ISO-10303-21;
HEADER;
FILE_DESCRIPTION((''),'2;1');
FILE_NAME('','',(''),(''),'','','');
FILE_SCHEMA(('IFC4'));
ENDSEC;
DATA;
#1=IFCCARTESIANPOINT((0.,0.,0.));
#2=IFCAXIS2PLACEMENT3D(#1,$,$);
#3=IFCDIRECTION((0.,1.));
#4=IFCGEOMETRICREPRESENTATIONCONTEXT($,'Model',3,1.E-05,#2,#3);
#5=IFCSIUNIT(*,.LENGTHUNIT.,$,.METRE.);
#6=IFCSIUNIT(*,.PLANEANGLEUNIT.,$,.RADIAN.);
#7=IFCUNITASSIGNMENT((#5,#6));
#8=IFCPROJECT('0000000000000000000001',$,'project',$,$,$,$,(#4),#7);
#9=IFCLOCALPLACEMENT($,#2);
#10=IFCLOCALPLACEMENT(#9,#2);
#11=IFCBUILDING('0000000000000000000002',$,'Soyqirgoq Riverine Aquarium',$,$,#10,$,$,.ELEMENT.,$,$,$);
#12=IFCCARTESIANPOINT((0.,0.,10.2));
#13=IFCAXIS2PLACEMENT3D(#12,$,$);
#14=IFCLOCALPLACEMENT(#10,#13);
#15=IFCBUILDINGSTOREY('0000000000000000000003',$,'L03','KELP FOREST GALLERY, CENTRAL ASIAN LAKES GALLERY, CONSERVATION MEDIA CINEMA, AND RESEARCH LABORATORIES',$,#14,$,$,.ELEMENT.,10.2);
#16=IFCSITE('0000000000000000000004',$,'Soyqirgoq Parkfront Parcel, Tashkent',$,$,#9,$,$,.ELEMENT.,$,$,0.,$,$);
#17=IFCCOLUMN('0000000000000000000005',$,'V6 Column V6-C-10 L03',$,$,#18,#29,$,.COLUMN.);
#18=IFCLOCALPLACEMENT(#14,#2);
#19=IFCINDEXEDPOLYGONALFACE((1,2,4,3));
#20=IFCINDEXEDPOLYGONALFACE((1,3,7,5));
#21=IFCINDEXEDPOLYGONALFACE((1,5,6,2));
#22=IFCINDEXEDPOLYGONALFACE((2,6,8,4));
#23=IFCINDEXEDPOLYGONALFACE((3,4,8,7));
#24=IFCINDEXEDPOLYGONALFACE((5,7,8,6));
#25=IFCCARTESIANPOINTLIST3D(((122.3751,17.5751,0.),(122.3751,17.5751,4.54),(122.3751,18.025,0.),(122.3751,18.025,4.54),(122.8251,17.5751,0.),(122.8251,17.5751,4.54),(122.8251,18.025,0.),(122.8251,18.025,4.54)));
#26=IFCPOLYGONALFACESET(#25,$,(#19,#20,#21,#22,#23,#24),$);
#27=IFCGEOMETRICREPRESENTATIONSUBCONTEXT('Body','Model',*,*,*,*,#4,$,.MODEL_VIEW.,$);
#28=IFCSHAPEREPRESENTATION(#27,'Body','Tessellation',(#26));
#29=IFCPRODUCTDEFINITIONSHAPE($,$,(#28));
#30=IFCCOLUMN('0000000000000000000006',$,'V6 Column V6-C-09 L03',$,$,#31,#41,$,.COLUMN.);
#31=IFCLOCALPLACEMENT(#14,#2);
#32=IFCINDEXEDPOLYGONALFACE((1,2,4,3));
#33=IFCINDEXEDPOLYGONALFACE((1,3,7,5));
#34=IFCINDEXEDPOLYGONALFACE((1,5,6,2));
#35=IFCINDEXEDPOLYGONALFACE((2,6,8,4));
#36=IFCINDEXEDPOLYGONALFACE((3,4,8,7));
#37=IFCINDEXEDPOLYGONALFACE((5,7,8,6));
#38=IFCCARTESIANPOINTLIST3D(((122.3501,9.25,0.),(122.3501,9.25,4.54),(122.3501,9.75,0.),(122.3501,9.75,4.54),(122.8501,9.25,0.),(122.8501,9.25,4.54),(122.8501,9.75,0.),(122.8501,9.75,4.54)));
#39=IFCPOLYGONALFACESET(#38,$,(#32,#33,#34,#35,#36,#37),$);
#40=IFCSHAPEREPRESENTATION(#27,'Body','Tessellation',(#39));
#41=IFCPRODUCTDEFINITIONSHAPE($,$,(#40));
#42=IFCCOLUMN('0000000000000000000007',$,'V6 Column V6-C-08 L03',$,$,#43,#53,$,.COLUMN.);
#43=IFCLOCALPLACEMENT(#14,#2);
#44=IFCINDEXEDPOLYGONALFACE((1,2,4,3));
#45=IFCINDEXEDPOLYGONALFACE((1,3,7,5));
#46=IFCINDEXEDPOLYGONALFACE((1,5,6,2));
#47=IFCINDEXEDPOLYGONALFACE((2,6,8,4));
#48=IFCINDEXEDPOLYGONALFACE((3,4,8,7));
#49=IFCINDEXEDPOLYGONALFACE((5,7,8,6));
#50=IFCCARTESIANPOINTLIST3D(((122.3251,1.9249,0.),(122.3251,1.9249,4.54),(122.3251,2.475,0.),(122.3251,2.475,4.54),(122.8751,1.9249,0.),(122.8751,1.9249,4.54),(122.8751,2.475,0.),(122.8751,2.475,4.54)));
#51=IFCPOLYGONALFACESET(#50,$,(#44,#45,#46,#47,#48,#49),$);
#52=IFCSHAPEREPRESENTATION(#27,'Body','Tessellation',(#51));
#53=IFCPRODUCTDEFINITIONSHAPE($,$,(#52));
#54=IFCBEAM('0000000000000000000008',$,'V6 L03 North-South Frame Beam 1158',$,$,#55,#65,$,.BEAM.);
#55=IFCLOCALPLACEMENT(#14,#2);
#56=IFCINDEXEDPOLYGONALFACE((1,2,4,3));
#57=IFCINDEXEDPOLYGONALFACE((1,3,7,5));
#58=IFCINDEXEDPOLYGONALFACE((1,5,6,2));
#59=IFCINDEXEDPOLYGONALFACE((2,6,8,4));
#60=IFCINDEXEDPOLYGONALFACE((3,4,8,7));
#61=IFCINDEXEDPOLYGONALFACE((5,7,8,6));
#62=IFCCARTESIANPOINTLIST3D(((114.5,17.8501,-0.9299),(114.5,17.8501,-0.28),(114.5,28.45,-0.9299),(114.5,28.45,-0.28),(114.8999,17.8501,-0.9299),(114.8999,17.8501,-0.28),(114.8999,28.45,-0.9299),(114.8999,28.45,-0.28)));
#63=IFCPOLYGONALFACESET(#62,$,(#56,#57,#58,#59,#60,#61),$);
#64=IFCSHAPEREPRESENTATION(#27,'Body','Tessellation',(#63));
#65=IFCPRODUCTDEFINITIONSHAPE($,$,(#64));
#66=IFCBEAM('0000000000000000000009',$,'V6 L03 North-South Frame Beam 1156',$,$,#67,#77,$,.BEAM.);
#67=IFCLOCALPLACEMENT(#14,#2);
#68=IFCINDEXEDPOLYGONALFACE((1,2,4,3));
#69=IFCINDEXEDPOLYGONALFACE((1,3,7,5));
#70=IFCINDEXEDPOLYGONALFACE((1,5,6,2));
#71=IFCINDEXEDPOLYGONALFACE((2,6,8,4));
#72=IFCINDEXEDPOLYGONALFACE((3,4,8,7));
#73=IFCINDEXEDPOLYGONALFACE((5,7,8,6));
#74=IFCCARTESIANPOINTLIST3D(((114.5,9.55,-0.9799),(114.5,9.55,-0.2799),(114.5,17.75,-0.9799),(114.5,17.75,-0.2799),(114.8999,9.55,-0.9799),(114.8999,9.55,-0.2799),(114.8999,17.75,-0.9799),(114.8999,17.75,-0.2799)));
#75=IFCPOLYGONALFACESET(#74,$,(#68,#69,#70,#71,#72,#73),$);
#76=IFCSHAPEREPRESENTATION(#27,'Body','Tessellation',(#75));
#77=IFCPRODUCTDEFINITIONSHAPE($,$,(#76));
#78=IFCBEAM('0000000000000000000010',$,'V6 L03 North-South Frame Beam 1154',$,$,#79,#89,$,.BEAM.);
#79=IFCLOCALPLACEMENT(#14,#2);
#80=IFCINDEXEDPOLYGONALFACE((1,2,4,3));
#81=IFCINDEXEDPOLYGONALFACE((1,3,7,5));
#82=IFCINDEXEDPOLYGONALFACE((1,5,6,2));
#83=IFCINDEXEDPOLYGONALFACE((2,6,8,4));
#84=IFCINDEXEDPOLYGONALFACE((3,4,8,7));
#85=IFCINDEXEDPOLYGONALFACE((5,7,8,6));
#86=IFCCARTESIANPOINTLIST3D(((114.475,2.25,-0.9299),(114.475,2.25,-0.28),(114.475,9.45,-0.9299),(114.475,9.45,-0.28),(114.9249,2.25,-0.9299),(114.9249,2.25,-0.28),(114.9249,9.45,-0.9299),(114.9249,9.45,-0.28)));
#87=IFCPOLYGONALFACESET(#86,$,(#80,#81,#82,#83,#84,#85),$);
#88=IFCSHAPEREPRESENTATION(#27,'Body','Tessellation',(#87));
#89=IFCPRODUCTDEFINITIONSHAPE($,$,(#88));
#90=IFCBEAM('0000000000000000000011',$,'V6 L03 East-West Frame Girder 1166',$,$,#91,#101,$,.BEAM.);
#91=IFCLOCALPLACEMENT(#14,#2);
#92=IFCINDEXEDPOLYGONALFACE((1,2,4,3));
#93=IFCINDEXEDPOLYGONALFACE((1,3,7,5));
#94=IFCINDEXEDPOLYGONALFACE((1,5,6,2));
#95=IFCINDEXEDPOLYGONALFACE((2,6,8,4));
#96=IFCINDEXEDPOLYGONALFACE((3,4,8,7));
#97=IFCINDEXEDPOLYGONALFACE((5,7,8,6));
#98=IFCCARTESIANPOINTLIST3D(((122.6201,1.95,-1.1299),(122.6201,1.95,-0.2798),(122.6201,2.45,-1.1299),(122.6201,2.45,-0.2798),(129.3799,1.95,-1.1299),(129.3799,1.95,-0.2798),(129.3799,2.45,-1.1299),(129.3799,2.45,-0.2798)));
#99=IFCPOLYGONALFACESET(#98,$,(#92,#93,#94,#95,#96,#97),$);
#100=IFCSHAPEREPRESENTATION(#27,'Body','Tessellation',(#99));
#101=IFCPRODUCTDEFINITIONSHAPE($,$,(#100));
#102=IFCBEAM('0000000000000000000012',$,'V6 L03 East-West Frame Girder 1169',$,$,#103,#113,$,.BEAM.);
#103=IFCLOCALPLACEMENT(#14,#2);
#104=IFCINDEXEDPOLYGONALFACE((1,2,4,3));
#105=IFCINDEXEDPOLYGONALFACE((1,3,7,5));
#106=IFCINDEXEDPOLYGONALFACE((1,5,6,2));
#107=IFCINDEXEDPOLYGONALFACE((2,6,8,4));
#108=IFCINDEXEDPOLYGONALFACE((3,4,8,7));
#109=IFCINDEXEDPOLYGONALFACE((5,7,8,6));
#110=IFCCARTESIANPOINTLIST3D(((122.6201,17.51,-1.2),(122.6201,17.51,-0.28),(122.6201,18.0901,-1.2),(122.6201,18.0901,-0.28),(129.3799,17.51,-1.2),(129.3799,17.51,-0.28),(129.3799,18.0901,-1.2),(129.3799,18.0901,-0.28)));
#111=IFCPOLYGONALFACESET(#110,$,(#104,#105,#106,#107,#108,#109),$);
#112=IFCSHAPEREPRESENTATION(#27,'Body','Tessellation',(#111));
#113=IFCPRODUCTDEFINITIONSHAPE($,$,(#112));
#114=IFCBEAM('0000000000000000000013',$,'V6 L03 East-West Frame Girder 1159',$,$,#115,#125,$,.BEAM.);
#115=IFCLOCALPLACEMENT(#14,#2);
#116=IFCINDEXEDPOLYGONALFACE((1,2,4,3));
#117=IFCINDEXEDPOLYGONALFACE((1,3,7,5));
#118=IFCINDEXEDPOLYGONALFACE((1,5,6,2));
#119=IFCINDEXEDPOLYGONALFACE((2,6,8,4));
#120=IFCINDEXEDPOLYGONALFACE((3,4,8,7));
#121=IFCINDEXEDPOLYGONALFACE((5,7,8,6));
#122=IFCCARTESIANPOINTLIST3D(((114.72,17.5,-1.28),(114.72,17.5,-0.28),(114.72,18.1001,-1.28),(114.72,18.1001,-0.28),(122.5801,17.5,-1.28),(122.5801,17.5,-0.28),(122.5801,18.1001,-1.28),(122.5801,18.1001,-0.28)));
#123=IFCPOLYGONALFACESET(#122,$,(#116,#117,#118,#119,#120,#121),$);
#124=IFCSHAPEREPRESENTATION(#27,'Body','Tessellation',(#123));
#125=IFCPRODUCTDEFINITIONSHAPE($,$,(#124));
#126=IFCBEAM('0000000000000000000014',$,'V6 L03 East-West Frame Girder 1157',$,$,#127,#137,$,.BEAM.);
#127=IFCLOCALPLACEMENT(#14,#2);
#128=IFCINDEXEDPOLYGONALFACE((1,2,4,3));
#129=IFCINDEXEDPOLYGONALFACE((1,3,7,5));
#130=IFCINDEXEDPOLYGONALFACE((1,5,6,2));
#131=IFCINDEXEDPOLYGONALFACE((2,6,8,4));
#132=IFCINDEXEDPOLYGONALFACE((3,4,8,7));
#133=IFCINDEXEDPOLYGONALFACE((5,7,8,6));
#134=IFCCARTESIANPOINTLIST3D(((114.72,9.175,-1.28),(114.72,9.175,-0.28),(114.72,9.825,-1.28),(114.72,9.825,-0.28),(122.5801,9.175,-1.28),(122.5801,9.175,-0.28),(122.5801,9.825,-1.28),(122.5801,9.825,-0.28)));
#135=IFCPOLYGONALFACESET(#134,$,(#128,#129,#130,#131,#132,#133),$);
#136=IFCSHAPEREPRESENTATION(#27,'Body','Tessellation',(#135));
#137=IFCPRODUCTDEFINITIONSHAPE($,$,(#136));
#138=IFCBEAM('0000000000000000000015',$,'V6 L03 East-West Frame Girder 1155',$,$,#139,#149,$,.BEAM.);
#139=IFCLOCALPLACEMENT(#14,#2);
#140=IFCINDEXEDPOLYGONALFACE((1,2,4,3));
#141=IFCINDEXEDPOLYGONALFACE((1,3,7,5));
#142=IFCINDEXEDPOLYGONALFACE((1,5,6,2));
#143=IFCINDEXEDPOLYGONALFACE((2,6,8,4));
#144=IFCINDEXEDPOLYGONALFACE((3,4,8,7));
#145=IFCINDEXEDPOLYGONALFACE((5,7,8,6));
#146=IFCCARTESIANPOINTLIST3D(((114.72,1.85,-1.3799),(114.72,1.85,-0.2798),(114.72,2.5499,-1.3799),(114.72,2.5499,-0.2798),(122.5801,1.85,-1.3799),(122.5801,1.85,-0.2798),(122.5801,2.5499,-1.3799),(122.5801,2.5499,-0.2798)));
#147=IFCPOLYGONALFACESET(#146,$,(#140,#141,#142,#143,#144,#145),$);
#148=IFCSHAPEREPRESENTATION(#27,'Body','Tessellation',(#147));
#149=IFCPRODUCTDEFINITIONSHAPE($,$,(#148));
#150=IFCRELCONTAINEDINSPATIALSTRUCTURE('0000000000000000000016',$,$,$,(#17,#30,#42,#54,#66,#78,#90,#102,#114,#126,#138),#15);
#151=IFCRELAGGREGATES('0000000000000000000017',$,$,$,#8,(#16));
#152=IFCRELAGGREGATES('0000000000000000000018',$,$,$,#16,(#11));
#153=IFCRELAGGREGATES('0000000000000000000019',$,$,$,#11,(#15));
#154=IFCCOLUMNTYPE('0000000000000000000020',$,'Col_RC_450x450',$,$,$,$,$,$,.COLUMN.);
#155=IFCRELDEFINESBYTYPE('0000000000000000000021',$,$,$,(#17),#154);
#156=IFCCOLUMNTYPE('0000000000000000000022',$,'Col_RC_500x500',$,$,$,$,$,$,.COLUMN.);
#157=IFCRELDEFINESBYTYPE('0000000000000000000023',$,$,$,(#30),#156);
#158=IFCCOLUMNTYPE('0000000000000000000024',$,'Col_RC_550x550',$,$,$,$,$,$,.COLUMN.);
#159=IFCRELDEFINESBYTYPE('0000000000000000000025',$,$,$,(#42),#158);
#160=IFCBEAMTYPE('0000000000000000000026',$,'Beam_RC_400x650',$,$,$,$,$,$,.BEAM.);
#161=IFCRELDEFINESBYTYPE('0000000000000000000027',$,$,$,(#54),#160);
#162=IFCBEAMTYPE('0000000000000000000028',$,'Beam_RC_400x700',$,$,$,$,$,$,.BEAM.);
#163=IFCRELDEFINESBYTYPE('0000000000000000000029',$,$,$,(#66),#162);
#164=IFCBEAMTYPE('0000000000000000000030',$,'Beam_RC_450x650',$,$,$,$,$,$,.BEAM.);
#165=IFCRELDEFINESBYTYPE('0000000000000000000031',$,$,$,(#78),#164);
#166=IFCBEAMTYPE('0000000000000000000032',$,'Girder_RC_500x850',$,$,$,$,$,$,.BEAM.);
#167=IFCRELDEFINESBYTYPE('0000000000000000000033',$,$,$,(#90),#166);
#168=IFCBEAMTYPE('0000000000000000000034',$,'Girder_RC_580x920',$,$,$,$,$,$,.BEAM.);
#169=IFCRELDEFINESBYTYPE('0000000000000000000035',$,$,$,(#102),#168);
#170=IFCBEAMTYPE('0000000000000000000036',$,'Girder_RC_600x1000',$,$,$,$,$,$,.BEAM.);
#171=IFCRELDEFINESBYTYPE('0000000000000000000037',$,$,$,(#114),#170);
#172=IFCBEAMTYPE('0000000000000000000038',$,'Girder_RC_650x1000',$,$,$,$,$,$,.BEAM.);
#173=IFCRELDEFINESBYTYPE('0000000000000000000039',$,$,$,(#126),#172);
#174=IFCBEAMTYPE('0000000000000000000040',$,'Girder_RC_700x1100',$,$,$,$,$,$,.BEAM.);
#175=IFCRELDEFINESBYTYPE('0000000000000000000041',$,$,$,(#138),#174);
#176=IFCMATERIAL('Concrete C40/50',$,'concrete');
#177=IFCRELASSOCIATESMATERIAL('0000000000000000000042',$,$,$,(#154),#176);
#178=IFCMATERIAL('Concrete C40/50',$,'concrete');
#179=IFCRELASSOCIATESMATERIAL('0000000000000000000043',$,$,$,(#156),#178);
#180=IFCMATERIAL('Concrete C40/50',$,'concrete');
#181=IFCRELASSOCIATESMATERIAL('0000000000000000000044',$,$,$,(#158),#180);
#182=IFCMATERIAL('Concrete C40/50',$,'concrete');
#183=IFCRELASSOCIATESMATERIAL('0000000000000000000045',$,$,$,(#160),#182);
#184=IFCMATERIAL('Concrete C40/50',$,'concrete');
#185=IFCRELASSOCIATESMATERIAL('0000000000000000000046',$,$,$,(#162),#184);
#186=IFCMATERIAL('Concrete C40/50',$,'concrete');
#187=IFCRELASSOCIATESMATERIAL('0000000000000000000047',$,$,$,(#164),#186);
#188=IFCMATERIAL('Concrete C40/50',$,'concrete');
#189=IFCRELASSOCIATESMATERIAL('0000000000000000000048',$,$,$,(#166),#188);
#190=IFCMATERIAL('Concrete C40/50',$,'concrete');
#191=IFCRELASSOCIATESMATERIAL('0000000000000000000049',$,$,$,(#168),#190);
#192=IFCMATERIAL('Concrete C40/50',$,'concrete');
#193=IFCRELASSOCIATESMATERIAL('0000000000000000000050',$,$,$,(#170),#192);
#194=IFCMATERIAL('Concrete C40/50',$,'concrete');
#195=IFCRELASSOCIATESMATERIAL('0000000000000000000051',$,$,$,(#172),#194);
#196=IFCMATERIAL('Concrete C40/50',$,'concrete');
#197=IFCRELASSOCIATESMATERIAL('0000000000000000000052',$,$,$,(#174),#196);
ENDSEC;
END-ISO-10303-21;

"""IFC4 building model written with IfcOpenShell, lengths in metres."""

from ifc_helpers import new_model, si_unit, direction, frame, origin, origin_2d, place, context, subcontext, project, spatial, rectangle, extrude, material, material_profile, profile_set, type_object, element, save


model = new_model("IFC4")

# Units and contexts
model_context = context("Model", 3, precision=1e-05, world=origin(), true_north=direction((0.0, 1.0)))
body_context = subcontext(model_context, "Body", "Model", "MODEL_VIEW")
ifc_project = project(units=[si_unit("LENGTHUNIT", "METRE"), si_unit("PLANEANGLEUNIT", "RADIAN")], contexts=[model_context])

# Site, building, storey
site_placement = place(None, origin())
site = spatial("IfcSite", under=ifc_project, at=site_placement, Name="Soyqirgoq Parkfront Parcel, Tashkent", CompositionType="ELEMENT", RefElevation=0.0)
building_placement = place(site_placement, origin())
building = spatial("IfcBuilding", under=site, at=building_placement, Name="Soyqirgoq Riverine Aquarium", CompositionType="ELEMENT")
storey_placement = place(building_placement, frame((0.0, 0.0, 10.2)))
storey = spatial("IfcBuildingStorey", under=building, at=storey_placement, Name="L03", Description="KELP FOREST GALLERY, CENTRAL ASIAN LAKES GALLERY, CONSERVATION MEDIA CINEMA, AND RESEARCH LABORATORIES", CompositionType="ELEMENT", Elevation=10.2)

# Columns
ifc_material_1 = material(Name="Concrete C40/50", Category="concrete")
ifc_material_profile_1 = material_profile(ifc_material_1, rectangle(XDim=0.45, YDim=0.45, at=origin_2d()), Name="RC 450x450")
ifc_profile_set_1 = profile_set([ifc_material_profile_1], Name="Concrete C40/50")
column_type_1 = type_object("IfcColumnType", Name="Col_RC_450x450", PredefinedType="COLUMN", material=ifc_profile_set_1)
column_1_placement = place(storey_placement, frame((122.6001, 17.8, 0.0), z_axis=(0.0, 0.0, 1.0), x_axis=(1.0, 0.0, 0.0)))
element("IfcColumn", 1, at=column_1_placement, inside=storey, type_object=column_type_1, Name="V6 Column V6-C-10 L03", PredefinedType="COLUMN", context=body_context, shape_type="SweptSolid", body=[
    extrude(rectangle(XDim=0.45, YDim=0.45, at=origin_2d()), origin(), (0.0, 0.0, 1.0), 4.54),
])
ifc_material_2 = material(Name="Concrete C40/50", Category="concrete")
ifc_material_profile_2 = material_profile(ifc_material_2, rectangle(XDim=0.5, YDim=0.5, at=origin_2d()), Name="RC 500x500")
ifc_profile_set_2 = profile_set([ifc_material_profile_2], Name="Concrete C40/50")
column_type_2 = type_object("IfcColumnType", Name="Col_RC_500x500", PredefinedType="COLUMN", material=ifc_profile_set_2)
column_2_placement = place(storey_placement, frame((122.6001, 9.5, 0.0), z_axis=(0.0, 0.0, 1.0), x_axis=(1.0, 0.0, 0.0)))
element("IfcColumn", 2, at=column_2_placement, inside=storey, type_object=column_type_2, Name="V6 Column V6-C-09 L03", PredefinedType="COLUMN", context=body_context, shape_type="SweptSolid", body=[
    extrude(rectangle(XDim=0.5, YDim=0.5, at=origin_2d()), origin(), (0.0, 0.0, 1.0), 4.54),
])
ifc_material_3 = material(Name="Concrete C40/50", Category="concrete")
ifc_material_profile_3 = material_profile(ifc_material_3, rectangle(XDim=0.55, YDim=0.55, at=origin_2d()), Name="RC 550x550")
ifc_profile_set_3 = profile_set([ifc_material_profile_3], Name="Concrete C40/50")
column_type_3 = type_object("IfcColumnType", Name="Col_RC_550x550", PredefinedType="COLUMN", material=ifc_profile_set_3)
column_3_placement = place(storey_placement, frame((122.6001, 2.2, 0.0), z_axis=(0.0, 0.0, 1.0), x_axis=(1.0, 0.0, 0.0)))
element("IfcColumn", 3, at=column_3_placement, inside=storey, type_object=column_type_3, Name="V6 Column V6-C-08 L03", PredefinedType="COLUMN", context=body_context, shape_type="SweptSolid", body=[
    extrude(rectangle(XDim=0.55, YDim=0.55, at=origin_2d()), origin(), (0.0, 0.0, 1.0), 4.54),
])

# Beams
ifc_material_4 = material(Name="Concrete C40/50", Category="concrete")
ifc_material_profile_4 = material_profile(ifc_material_4, rectangle(XDim=0.3999, YDim=0.6499, at=origin_2d()), Name="RC 400x650")
ifc_profile_set_4 = profile_set([ifc_material_profile_4], Name="Concrete C40/50")
beam_type_1 = type_object("IfcBeamType", Name="Beam_RC_400x650", PredefinedType="BEAM", material=ifc_profile_set_4)
beam_1_placement = place(storey_placement, frame((114.7, 17.8501, -0.605), z_axis=(0.0, 1.0, 0.0), x_axis=(-1.0, 0.0, 0.0)))
element("IfcBeam", 4, at=beam_1_placement, inside=storey, type_object=beam_type_1, Name="V6 L03 North-South Frame Beam 1158", PredefinedType="BEAM", context=body_context, shape_type="SweptSolid", body=[
    extrude(rectangle(XDim=0.3999, YDim=0.6499, at=origin_2d()), origin(), (0.0, 0.0, 1.0), 10.5999),
])
ifc_material_5 = material(Name="Concrete C40/50", Category="concrete")
ifc_material_profile_5 = material_profile(ifc_material_5, rectangle(XDim=0.3999, YDim=0.7, at=origin_2d()), Name="RC 400x700")
ifc_profile_set_5 = profile_set([ifc_material_profile_5], Name="Concrete C40/50")
beam_type_2 = type_object("IfcBeamType", Name="Beam_RC_400x700", PredefinedType="BEAM", material=ifc_profile_set_5)
beam_2_placement = place(storey_placement, frame((114.7, 9.55, -0.6299), z_axis=(0.0, 1.0, 0.0), x_axis=(-1.0, 0.0, 0.0)))
element("IfcBeam", 5, at=beam_2_placement, inside=storey, type_object=beam_type_2, Name="V6 L03 North-South Frame Beam 1156", PredefinedType="BEAM", context=body_context, shape_type="SweptSolid", body=[
    extrude(rectangle(XDim=0.3999, YDim=0.7, at=origin_2d()), origin(), (0.0, 0.0, 1.0), 8.2),
])
ifc_material_6 = material(Name="Concrete C40/50", Category="concrete")
ifc_material_profile_6 = material_profile(ifc_material_6, rectangle(XDim=0.45, YDim=0.6499, at=origin_2d()), Name="RC 450x650")
ifc_profile_set_6 = profile_set([ifc_material_profile_6], Name="Concrete C40/50")
beam_type_3 = type_object("IfcBeamType", Name="Beam_RC_450x650", PredefinedType="BEAM", material=ifc_profile_set_6)
beam_3_placement = place(storey_placement, frame((114.7, 2.25, -0.605), z_axis=(0.0, 1.0, 0.0), x_axis=(-1.0, 0.0, 0.0)))
element("IfcBeam", 6, at=beam_3_placement, inside=storey, type_object=beam_type_3, Name="V6 L03 North-South Frame Beam 1154", PredefinedType="BEAM", context=body_context, shape_type="SweptSolid", body=[
    extrude(rectangle(XDim=0.45, YDim=0.6499, at=origin_2d()), origin(), (0.0, 0.0, 1.0), 7.2),
])
ifc_material_7 = material(Name="Concrete C40/50", Category="concrete")
ifc_material_profile_7 = material_profile(ifc_material_7, rectangle(XDim=0.5, YDim=0.8501, at=origin_2d()), Name="RC 500x850")
ifc_profile_set_7 = profile_set([ifc_material_profile_7], Name="Concrete C40/50")
beam_type_4 = type_object("IfcBeamType", Name="Girder_RC_500x850", PredefinedType="BEAM", material=ifc_profile_set_7)
beam_4_placement = place(storey_placement, frame((122.6201, 2.2, -0.7048), z_axis=(1.0, 0.0, 0.0), x_axis=(0.0, 1.0, 0.0)))
element("IfcBeam", 7, at=beam_4_placement, inside=storey, type_object=beam_type_4, Name="V6 L03 East-West Frame Girder 1166", PredefinedType="BEAM", context=body_context, shape_type="SweptSolid", body=[
    extrude(rectangle(XDim=0.5, YDim=0.8501, at=origin_2d()), origin(), (0.0, 0.0, 1.0), 6.7598),
])
ifc_material_8 = material(Name="Concrete C40/50", Category="concrete")
ifc_material_profile_8 = material_profile(ifc_material_8, rectangle(XDim=0.5801, YDim=0.9199, at=origin_2d()), Name="RC 580x920")
ifc_profile_set_8 = profile_set([ifc_material_profile_8], Name="Concrete C40/50")
beam_type_5 = type_object("IfcBeamType", Name="Girder_RC_580x920", PredefinedType="BEAM", material=ifc_profile_set_8)
beam_5_placement = place(storey_placement, frame((122.6201, 17.8, -0.74), z_axis=(1.0, 0.0, 0.0), x_axis=(0.0, 1.0, 0.0)))
element("IfcBeam", 8, at=beam_5_placement, inside=storey, type_object=beam_type_5, Name="V6 L03 East-West Frame Girder 1169", PredefinedType="BEAM", context=body_context, shape_type="SweptSolid", body=[
    extrude(rectangle(XDim=0.5801, YDim=0.9199, at=origin_2d()), origin(), (0.0, 0.0, 1.0), 6.7598),
])
ifc_material_9 = material(Name="Concrete C40/50", Category="concrete")
ifc_material_profile_9 = material_profile(ifc_material_9, rectangle(XDim=0.6001, YDim=1.0, at=origin_2d()), Name="RC 600x1000")
ifc_profile_set_9 = profile_set([ifc_material_profile_9], Name="Concrete C40/50")
beam_type_6 = type_object("IfcBeamType", Name="Girder_RC_600x1000", PredefinedType="BEAM", material=ifc_profile_set_9)
beam_6_placement = place(storey_placement, frame((114.72, 17.8, -0.78), z_axis=(1.0, 0.0, 0.0), x_axis=(0.0, 1.0, 0.0)))
element("IfcBeam", 9, at=beam_6_placement, inside=storey, type_object=beam_type_6, Name="V6 L03 East-West Frame Girder 1159", PredefinedType="BEAM", context=body_context, shape_type="SweptSolid", body=[
    extrude(rectangle(XDim=0.6001, YDim=1.0, at=origin_2d()), origin(), (0.0, 0.0, 1.0), 7.8601),
])
ifc_material_10 = material(Name="Concrete C40/50", Category="concrete")
ifc_material_profile_10 = material_profile(ifc_material_10, rectangle(XDim=0.6499, YDim=1.0, at=origin_2d()), Name="RC 650x1000")
ifc_profile_set_10 = profile_set([ifc_material_profile_10], Name="Concrete C40/50")
beam_type_7 = type_object("IfcBeamType", Name="Girder_RC_650x1000", PredefinedType="BEAM", material=ifc_profile_set_10)
beam_7_placement = place(storey_placement, frame((114.72, 9.5, -0.78), z_axis=(1.0, 0.0, 0.0), x_axis=(0.0, 1.0, 0.0)))
element("IfcBeam", 10, at=beam_7_placement, inside=storey, type_object=beam_type_7, Name="V6 L03 East-West Frame Girder 1157", PredefinedType="BEAM", context=body_context, shape_type="SweptSolid", body=[
    extrude(rectangle(XDim=0.6499, YDim=1.0, at=origin_2d()), origin(), (0.0, 0.0, 1.0), 7.8601),
])
ifc_material_11 = material(Name="Concrete C40/50", Category="concrete")
ifc_material_profile_11 = material_profile(ifc_material_11, rectangle(XDim=0.7, YDim=1.1001, at=origin_2d()), Name="RC 700x1100")
ifc_profile_set_11 = profile_set([ifc_material_profile_11], Name="Concrete C40/50")
beam_type_8 = type_object("IfcBeamType", Name="Girder_RC_700x1100", PredefinedType="BEAM", material=ifc_profile_set_11)
beam_8_placement = place(storey_placement, frame((114.72, 2.2, -0.8298), z_axis=(1.0, 0.0, 0.0), x_axis=(0.0, 1.0, 0.0)))
element("IfcBeam", 11, at=beam_8_placement, inside=storey, type_object=beam_type_8, Name="V6 L03 East-West Frame Girder 1155", PredefinedType="BEAM", context=body_context, shape_type="SweptSolid", body=[
    extrude(rectangle(XDim=0.7, YDim=1.1001, at=origin_2d()), origin(), (0.0, 0.0, 1.0), 7.8601),
])

save(model, "model.ifc")
